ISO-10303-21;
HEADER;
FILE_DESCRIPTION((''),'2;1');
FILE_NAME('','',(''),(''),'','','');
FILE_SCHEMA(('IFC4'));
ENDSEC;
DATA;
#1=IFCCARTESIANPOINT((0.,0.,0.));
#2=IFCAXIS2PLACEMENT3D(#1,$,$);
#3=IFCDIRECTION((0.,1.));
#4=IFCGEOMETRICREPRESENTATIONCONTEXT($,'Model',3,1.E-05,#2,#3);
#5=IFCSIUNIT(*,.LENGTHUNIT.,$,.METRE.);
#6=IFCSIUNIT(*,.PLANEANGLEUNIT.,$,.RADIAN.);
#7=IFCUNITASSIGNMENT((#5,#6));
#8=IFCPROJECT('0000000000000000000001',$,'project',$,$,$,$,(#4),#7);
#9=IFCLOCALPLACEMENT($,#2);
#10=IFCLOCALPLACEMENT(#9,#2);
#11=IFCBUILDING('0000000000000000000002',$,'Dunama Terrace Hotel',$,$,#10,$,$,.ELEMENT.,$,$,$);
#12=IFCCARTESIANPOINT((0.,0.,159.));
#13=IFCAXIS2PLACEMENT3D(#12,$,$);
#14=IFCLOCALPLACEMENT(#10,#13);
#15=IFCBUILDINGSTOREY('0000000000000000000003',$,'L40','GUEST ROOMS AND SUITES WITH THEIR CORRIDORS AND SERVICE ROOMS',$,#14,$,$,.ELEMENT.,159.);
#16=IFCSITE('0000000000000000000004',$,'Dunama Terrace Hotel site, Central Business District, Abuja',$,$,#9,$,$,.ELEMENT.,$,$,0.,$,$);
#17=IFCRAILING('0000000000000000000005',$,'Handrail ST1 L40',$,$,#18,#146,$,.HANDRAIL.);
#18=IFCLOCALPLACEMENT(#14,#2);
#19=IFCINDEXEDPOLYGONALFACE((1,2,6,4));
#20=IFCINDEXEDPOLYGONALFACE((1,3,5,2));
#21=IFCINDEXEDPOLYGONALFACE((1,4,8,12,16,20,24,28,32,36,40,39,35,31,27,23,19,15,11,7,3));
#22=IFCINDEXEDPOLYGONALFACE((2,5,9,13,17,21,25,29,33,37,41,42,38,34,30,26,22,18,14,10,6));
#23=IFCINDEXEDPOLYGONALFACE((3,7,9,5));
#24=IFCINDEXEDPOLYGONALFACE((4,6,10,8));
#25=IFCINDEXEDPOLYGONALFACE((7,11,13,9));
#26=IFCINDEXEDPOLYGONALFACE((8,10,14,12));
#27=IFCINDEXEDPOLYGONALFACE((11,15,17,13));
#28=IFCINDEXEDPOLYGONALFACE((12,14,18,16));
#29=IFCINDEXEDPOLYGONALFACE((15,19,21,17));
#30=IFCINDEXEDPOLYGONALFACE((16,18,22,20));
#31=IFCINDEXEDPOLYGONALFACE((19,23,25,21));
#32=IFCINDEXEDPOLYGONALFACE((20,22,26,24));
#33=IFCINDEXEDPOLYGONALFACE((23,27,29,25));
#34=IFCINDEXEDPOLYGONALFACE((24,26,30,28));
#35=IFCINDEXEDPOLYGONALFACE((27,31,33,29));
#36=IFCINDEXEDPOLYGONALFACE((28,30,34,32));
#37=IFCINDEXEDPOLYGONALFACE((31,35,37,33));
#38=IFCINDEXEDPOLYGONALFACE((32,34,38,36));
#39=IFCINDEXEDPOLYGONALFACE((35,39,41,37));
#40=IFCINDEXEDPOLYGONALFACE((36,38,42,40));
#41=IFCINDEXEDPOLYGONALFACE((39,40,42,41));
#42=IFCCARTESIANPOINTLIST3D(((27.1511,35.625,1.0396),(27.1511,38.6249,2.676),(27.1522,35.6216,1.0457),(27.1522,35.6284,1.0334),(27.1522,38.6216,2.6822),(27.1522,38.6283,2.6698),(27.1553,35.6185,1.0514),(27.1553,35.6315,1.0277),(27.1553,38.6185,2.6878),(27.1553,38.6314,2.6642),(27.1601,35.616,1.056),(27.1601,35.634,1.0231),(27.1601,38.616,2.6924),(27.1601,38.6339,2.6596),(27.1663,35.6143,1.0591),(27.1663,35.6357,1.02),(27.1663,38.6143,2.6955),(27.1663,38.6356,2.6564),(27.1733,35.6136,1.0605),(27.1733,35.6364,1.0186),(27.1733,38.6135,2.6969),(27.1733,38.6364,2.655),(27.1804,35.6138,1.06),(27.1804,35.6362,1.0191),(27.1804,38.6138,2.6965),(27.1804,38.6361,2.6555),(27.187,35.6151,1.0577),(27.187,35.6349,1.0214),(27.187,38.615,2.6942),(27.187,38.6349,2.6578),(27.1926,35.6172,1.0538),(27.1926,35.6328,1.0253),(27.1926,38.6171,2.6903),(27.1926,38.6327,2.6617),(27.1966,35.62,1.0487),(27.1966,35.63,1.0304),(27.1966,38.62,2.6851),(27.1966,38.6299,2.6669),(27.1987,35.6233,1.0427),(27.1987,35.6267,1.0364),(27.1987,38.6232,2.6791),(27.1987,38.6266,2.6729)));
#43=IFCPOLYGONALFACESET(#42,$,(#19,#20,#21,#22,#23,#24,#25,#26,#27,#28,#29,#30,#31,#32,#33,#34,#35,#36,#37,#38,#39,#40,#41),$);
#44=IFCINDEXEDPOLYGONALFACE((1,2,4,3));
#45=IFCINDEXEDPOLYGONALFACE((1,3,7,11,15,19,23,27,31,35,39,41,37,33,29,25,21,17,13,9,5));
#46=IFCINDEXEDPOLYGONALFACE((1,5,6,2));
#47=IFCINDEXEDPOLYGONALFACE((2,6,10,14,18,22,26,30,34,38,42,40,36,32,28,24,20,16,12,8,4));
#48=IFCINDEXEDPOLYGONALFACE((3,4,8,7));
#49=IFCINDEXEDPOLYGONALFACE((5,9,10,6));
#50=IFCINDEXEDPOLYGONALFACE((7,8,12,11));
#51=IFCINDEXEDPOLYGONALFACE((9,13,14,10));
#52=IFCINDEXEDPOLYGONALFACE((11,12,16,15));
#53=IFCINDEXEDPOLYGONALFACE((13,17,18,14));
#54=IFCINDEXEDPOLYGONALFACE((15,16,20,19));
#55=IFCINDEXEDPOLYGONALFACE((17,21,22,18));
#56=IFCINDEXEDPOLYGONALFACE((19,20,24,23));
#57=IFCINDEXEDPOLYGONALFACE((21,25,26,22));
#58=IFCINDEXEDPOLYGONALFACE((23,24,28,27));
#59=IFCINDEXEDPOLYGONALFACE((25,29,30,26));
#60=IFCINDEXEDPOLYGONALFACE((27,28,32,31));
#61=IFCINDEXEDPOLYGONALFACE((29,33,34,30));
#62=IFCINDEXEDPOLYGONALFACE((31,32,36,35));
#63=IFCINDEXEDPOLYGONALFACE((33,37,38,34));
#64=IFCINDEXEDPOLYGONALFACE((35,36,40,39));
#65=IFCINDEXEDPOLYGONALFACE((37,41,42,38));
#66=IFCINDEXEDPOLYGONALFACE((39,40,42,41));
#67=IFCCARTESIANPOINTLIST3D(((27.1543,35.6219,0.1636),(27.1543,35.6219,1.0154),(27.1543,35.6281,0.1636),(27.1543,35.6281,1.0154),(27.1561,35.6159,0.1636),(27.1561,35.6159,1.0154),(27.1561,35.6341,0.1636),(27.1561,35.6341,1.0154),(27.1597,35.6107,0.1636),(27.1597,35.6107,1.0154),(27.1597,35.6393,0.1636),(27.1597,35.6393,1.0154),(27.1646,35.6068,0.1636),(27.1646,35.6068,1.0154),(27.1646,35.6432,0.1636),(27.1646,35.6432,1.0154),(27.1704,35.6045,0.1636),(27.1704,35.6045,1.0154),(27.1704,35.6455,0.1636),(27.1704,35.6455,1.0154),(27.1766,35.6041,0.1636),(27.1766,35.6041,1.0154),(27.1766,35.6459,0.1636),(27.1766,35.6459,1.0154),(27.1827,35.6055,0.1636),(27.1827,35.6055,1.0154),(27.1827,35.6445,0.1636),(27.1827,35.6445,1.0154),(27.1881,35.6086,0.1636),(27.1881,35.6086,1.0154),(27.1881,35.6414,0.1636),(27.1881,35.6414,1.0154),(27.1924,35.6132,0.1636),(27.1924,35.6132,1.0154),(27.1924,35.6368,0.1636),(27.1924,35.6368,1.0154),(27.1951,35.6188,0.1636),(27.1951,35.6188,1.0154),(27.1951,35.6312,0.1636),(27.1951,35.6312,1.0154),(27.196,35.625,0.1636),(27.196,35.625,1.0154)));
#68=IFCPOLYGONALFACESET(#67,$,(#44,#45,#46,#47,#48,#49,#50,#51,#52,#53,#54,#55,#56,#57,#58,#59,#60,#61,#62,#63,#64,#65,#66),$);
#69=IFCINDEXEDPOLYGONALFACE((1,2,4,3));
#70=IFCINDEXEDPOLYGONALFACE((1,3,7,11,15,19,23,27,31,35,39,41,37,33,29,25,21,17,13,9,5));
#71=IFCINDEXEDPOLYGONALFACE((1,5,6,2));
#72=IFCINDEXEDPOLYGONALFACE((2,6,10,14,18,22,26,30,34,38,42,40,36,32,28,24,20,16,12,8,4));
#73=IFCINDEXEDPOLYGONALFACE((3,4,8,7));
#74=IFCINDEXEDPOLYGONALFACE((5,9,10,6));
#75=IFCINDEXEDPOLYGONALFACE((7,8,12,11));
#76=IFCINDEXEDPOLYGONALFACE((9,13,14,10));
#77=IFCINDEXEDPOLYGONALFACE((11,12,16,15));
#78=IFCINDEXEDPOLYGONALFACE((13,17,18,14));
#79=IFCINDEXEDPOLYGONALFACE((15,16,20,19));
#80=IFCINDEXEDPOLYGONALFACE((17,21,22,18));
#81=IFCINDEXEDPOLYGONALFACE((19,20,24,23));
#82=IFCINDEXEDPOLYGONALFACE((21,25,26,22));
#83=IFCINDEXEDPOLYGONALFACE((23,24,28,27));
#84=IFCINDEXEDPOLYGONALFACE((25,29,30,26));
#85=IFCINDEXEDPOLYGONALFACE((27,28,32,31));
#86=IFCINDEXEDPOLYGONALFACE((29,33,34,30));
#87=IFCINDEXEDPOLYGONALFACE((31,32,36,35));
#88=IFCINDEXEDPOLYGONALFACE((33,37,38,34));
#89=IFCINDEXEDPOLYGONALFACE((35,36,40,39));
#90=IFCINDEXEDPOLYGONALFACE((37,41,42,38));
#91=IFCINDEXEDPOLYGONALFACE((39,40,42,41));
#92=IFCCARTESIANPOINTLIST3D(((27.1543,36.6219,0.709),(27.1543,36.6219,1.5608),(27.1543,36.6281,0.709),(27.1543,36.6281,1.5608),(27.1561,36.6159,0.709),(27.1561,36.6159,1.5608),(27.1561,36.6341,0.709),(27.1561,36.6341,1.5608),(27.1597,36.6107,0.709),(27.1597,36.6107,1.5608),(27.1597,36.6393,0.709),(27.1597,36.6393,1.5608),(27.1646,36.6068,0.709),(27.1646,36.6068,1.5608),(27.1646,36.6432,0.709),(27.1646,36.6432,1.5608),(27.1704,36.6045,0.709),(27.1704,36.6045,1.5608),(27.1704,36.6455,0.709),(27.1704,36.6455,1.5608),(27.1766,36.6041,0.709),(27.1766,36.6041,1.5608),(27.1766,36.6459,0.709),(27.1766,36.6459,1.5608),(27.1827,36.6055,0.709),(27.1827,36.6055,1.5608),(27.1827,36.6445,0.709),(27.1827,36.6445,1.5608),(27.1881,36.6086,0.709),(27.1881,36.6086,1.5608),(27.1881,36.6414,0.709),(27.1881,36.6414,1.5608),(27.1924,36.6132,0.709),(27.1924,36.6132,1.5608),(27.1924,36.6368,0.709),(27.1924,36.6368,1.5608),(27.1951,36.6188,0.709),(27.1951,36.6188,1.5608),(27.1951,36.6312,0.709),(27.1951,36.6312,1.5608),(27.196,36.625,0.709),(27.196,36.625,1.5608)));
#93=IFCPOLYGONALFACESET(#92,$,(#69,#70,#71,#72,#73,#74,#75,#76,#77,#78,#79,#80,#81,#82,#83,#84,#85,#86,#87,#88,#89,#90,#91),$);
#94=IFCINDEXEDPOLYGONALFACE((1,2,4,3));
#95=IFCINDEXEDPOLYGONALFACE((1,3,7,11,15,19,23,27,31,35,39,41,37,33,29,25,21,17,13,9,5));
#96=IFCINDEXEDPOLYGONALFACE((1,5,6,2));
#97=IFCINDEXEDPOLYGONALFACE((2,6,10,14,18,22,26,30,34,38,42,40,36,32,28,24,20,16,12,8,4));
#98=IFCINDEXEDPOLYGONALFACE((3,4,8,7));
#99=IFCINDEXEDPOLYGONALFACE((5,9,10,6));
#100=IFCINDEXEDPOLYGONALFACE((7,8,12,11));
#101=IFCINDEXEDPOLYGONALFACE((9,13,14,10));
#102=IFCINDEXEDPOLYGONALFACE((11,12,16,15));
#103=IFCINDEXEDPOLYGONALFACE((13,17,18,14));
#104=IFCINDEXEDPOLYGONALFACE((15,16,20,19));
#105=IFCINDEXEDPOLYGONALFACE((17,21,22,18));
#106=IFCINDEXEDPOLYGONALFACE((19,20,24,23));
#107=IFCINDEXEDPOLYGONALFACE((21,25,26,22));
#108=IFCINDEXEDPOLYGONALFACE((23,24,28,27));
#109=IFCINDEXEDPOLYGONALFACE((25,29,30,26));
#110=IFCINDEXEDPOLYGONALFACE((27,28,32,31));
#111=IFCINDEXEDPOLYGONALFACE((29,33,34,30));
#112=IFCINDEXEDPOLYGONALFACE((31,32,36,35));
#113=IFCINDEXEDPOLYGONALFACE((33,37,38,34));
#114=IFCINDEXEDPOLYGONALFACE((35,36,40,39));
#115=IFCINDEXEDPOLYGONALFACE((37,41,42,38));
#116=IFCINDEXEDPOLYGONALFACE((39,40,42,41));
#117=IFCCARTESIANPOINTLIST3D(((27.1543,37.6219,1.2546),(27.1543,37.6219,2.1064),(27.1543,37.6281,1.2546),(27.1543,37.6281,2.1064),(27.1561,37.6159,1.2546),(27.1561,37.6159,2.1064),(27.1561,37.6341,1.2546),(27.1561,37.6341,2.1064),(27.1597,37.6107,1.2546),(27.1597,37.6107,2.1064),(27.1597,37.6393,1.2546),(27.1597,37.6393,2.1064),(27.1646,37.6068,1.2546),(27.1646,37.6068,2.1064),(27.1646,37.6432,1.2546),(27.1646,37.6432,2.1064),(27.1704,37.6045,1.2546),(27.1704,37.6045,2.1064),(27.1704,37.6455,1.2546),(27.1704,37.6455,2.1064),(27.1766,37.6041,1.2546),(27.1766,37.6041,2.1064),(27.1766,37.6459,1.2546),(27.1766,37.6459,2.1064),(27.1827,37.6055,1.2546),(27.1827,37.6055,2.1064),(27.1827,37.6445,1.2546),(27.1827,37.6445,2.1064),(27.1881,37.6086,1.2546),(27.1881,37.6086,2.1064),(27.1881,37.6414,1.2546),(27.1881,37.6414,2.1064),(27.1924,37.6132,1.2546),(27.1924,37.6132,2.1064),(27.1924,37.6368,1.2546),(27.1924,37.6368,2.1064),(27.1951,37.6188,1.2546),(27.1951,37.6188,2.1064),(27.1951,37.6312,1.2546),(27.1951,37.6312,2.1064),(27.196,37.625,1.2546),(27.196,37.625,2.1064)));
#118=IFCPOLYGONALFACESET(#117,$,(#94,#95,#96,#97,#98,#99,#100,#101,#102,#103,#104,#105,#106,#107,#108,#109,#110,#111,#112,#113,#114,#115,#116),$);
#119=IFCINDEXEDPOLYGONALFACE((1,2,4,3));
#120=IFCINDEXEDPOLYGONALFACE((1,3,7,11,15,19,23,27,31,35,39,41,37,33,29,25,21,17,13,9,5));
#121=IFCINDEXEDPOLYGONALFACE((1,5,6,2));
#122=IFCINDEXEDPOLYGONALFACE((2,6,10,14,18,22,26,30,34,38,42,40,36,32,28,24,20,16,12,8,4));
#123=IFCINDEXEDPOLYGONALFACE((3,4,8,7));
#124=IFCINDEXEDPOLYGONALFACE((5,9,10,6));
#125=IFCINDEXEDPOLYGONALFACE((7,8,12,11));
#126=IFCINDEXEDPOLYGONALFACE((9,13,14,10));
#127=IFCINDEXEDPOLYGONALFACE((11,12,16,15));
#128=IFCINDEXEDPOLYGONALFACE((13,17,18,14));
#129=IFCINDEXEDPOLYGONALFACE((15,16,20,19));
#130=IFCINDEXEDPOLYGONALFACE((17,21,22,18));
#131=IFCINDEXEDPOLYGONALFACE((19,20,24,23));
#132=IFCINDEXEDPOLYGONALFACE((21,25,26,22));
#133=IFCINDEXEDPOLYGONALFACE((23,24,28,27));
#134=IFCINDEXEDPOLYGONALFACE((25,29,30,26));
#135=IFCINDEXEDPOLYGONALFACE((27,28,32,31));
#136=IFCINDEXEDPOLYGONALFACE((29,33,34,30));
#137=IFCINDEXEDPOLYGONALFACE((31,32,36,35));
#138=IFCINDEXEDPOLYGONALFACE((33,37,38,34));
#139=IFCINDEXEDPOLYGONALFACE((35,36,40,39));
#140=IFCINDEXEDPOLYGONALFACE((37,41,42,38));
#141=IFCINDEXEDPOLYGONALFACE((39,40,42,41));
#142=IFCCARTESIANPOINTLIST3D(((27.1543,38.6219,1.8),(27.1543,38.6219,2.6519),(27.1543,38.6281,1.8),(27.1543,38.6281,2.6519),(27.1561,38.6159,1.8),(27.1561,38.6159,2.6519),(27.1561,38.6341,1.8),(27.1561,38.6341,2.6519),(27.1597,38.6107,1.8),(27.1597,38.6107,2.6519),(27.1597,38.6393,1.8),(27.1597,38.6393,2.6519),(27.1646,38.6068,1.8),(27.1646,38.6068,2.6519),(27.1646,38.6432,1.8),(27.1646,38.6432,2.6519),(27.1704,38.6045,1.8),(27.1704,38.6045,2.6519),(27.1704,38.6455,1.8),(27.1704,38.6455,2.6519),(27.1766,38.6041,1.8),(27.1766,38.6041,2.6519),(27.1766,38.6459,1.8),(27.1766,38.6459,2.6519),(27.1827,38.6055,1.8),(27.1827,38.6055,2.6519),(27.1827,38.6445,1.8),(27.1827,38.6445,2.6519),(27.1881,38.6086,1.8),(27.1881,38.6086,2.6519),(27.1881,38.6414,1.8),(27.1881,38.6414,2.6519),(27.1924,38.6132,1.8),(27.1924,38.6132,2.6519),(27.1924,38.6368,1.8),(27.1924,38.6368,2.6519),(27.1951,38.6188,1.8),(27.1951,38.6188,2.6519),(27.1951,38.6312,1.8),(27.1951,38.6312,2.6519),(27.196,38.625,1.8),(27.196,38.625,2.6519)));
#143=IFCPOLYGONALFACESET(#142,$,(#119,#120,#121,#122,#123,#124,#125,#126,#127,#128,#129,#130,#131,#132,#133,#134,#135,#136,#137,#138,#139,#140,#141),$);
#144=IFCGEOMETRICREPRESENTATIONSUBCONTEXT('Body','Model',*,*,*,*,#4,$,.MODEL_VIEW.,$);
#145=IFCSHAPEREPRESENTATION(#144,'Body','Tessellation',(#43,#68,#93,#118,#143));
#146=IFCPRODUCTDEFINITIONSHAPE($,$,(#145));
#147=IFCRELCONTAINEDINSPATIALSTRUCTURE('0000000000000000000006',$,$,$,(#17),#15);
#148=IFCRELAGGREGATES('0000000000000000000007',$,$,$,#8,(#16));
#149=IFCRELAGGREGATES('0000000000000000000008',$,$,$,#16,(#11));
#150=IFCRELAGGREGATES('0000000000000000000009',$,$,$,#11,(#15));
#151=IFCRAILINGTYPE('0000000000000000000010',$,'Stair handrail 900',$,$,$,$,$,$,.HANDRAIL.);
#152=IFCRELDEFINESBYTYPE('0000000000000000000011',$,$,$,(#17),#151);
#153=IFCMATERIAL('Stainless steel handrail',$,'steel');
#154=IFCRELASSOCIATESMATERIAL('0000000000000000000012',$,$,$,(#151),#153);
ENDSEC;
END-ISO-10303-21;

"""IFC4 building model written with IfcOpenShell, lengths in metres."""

from ifc_helpers import new_model, si_unit, direction, frame, origin, origin_2d, place, context, subcontext, project, spatial, circle, extrude, material, type_object, element, save


model = new_model("IFC4")

# Units and contexts
model_context = context("Model", 3, precision=1e-05, world=origin(), true_north=direction((0.0, 1.0)))
body_context = subcontext(model_context, "Body", "Model", "MODEL_VIEW")
ifc_project = project(units=[si_unit("LENGTHUNIT", "METRE"), si_unit("PLANEANGLEUNIT", "RADIAN")], contexts=[model_context])

# Site, building, storey
site_placement = place(None, origin())
site = spatial("IfcSite", under=ifc_project, at=site_placement, Name="Dunama Terrace Hotel site, Central Business District, Abuja", CompositionType="ELEMENT", RefElevation=0.0)
building_placement = place(site_placement, origin())
building = spatial("IfcBuilding", under=site, at=building_placement, Name="Dunama Terrace Hotel", CompositionType="ELEMENT")
storey_placement = place(building_placement, frame((0.0, 0.0, 159.0)))
storey = spatial("IfcBuildingStorey", under=building, at=storey_placement, Name="L40", Description="GUEST ROOMS AND SUITES WITH THEIR CORRIDORS AND SERVICE ROOMS", CompositionType="ELEMENT", Elevation=159.0)

# Railing
ifc_material_1 = material(Name="Stainless steel handrail", Category="steel")
railing_type = type_object("IfcRailingType", Name="Stair handrail 900", PredefinedType="HANDRAIL", material=ifc_material_1)
railing_1_placement = place(storey_placement, frame((27.175, 35.625, 0.1636)))
element("IfcRailing", 1, at=railing_1_placement, inside=storey, type_object=railing_type, Name="Handrail ST1 L40", PredefinedType="HANDRAIL", context=body_context, shape_type="SweptSolid", body=[
    extrude(circle(Radius=0.0239, at=origin_2d()), frame((0.0, 0.0, 0.876), z_axis=(0.0, 0.877882, 0.478877), x_axis=(-1.0, 0.0, 0.0)), (0.0, 0.0, 1.0), 3.4172),
    extrude(circle(Radius=0.021, at=origin_2d()), origin(), (0.0, 0.0, 1.0), 0.8518),
    extrude(circle(Radius=0.021, at=origin_2d()), frame((0.0, 1.0, 0.5454)), (0.0, 0.0, 1.0), 0.8518),
    extrude(circle(Radius=0.021, at=origin_2d()), frame((0.0, 2.0, 1.0911)), (0.0, 0.0, 1.0), 0.8518),
    extrude(circle(Radius=0.021, at=origin_2d()), frame((0.0, 3.0, 1.6365)), (0.0, 0.0, 1.0), 0.8518),
])

save(model, "model.ifc")
